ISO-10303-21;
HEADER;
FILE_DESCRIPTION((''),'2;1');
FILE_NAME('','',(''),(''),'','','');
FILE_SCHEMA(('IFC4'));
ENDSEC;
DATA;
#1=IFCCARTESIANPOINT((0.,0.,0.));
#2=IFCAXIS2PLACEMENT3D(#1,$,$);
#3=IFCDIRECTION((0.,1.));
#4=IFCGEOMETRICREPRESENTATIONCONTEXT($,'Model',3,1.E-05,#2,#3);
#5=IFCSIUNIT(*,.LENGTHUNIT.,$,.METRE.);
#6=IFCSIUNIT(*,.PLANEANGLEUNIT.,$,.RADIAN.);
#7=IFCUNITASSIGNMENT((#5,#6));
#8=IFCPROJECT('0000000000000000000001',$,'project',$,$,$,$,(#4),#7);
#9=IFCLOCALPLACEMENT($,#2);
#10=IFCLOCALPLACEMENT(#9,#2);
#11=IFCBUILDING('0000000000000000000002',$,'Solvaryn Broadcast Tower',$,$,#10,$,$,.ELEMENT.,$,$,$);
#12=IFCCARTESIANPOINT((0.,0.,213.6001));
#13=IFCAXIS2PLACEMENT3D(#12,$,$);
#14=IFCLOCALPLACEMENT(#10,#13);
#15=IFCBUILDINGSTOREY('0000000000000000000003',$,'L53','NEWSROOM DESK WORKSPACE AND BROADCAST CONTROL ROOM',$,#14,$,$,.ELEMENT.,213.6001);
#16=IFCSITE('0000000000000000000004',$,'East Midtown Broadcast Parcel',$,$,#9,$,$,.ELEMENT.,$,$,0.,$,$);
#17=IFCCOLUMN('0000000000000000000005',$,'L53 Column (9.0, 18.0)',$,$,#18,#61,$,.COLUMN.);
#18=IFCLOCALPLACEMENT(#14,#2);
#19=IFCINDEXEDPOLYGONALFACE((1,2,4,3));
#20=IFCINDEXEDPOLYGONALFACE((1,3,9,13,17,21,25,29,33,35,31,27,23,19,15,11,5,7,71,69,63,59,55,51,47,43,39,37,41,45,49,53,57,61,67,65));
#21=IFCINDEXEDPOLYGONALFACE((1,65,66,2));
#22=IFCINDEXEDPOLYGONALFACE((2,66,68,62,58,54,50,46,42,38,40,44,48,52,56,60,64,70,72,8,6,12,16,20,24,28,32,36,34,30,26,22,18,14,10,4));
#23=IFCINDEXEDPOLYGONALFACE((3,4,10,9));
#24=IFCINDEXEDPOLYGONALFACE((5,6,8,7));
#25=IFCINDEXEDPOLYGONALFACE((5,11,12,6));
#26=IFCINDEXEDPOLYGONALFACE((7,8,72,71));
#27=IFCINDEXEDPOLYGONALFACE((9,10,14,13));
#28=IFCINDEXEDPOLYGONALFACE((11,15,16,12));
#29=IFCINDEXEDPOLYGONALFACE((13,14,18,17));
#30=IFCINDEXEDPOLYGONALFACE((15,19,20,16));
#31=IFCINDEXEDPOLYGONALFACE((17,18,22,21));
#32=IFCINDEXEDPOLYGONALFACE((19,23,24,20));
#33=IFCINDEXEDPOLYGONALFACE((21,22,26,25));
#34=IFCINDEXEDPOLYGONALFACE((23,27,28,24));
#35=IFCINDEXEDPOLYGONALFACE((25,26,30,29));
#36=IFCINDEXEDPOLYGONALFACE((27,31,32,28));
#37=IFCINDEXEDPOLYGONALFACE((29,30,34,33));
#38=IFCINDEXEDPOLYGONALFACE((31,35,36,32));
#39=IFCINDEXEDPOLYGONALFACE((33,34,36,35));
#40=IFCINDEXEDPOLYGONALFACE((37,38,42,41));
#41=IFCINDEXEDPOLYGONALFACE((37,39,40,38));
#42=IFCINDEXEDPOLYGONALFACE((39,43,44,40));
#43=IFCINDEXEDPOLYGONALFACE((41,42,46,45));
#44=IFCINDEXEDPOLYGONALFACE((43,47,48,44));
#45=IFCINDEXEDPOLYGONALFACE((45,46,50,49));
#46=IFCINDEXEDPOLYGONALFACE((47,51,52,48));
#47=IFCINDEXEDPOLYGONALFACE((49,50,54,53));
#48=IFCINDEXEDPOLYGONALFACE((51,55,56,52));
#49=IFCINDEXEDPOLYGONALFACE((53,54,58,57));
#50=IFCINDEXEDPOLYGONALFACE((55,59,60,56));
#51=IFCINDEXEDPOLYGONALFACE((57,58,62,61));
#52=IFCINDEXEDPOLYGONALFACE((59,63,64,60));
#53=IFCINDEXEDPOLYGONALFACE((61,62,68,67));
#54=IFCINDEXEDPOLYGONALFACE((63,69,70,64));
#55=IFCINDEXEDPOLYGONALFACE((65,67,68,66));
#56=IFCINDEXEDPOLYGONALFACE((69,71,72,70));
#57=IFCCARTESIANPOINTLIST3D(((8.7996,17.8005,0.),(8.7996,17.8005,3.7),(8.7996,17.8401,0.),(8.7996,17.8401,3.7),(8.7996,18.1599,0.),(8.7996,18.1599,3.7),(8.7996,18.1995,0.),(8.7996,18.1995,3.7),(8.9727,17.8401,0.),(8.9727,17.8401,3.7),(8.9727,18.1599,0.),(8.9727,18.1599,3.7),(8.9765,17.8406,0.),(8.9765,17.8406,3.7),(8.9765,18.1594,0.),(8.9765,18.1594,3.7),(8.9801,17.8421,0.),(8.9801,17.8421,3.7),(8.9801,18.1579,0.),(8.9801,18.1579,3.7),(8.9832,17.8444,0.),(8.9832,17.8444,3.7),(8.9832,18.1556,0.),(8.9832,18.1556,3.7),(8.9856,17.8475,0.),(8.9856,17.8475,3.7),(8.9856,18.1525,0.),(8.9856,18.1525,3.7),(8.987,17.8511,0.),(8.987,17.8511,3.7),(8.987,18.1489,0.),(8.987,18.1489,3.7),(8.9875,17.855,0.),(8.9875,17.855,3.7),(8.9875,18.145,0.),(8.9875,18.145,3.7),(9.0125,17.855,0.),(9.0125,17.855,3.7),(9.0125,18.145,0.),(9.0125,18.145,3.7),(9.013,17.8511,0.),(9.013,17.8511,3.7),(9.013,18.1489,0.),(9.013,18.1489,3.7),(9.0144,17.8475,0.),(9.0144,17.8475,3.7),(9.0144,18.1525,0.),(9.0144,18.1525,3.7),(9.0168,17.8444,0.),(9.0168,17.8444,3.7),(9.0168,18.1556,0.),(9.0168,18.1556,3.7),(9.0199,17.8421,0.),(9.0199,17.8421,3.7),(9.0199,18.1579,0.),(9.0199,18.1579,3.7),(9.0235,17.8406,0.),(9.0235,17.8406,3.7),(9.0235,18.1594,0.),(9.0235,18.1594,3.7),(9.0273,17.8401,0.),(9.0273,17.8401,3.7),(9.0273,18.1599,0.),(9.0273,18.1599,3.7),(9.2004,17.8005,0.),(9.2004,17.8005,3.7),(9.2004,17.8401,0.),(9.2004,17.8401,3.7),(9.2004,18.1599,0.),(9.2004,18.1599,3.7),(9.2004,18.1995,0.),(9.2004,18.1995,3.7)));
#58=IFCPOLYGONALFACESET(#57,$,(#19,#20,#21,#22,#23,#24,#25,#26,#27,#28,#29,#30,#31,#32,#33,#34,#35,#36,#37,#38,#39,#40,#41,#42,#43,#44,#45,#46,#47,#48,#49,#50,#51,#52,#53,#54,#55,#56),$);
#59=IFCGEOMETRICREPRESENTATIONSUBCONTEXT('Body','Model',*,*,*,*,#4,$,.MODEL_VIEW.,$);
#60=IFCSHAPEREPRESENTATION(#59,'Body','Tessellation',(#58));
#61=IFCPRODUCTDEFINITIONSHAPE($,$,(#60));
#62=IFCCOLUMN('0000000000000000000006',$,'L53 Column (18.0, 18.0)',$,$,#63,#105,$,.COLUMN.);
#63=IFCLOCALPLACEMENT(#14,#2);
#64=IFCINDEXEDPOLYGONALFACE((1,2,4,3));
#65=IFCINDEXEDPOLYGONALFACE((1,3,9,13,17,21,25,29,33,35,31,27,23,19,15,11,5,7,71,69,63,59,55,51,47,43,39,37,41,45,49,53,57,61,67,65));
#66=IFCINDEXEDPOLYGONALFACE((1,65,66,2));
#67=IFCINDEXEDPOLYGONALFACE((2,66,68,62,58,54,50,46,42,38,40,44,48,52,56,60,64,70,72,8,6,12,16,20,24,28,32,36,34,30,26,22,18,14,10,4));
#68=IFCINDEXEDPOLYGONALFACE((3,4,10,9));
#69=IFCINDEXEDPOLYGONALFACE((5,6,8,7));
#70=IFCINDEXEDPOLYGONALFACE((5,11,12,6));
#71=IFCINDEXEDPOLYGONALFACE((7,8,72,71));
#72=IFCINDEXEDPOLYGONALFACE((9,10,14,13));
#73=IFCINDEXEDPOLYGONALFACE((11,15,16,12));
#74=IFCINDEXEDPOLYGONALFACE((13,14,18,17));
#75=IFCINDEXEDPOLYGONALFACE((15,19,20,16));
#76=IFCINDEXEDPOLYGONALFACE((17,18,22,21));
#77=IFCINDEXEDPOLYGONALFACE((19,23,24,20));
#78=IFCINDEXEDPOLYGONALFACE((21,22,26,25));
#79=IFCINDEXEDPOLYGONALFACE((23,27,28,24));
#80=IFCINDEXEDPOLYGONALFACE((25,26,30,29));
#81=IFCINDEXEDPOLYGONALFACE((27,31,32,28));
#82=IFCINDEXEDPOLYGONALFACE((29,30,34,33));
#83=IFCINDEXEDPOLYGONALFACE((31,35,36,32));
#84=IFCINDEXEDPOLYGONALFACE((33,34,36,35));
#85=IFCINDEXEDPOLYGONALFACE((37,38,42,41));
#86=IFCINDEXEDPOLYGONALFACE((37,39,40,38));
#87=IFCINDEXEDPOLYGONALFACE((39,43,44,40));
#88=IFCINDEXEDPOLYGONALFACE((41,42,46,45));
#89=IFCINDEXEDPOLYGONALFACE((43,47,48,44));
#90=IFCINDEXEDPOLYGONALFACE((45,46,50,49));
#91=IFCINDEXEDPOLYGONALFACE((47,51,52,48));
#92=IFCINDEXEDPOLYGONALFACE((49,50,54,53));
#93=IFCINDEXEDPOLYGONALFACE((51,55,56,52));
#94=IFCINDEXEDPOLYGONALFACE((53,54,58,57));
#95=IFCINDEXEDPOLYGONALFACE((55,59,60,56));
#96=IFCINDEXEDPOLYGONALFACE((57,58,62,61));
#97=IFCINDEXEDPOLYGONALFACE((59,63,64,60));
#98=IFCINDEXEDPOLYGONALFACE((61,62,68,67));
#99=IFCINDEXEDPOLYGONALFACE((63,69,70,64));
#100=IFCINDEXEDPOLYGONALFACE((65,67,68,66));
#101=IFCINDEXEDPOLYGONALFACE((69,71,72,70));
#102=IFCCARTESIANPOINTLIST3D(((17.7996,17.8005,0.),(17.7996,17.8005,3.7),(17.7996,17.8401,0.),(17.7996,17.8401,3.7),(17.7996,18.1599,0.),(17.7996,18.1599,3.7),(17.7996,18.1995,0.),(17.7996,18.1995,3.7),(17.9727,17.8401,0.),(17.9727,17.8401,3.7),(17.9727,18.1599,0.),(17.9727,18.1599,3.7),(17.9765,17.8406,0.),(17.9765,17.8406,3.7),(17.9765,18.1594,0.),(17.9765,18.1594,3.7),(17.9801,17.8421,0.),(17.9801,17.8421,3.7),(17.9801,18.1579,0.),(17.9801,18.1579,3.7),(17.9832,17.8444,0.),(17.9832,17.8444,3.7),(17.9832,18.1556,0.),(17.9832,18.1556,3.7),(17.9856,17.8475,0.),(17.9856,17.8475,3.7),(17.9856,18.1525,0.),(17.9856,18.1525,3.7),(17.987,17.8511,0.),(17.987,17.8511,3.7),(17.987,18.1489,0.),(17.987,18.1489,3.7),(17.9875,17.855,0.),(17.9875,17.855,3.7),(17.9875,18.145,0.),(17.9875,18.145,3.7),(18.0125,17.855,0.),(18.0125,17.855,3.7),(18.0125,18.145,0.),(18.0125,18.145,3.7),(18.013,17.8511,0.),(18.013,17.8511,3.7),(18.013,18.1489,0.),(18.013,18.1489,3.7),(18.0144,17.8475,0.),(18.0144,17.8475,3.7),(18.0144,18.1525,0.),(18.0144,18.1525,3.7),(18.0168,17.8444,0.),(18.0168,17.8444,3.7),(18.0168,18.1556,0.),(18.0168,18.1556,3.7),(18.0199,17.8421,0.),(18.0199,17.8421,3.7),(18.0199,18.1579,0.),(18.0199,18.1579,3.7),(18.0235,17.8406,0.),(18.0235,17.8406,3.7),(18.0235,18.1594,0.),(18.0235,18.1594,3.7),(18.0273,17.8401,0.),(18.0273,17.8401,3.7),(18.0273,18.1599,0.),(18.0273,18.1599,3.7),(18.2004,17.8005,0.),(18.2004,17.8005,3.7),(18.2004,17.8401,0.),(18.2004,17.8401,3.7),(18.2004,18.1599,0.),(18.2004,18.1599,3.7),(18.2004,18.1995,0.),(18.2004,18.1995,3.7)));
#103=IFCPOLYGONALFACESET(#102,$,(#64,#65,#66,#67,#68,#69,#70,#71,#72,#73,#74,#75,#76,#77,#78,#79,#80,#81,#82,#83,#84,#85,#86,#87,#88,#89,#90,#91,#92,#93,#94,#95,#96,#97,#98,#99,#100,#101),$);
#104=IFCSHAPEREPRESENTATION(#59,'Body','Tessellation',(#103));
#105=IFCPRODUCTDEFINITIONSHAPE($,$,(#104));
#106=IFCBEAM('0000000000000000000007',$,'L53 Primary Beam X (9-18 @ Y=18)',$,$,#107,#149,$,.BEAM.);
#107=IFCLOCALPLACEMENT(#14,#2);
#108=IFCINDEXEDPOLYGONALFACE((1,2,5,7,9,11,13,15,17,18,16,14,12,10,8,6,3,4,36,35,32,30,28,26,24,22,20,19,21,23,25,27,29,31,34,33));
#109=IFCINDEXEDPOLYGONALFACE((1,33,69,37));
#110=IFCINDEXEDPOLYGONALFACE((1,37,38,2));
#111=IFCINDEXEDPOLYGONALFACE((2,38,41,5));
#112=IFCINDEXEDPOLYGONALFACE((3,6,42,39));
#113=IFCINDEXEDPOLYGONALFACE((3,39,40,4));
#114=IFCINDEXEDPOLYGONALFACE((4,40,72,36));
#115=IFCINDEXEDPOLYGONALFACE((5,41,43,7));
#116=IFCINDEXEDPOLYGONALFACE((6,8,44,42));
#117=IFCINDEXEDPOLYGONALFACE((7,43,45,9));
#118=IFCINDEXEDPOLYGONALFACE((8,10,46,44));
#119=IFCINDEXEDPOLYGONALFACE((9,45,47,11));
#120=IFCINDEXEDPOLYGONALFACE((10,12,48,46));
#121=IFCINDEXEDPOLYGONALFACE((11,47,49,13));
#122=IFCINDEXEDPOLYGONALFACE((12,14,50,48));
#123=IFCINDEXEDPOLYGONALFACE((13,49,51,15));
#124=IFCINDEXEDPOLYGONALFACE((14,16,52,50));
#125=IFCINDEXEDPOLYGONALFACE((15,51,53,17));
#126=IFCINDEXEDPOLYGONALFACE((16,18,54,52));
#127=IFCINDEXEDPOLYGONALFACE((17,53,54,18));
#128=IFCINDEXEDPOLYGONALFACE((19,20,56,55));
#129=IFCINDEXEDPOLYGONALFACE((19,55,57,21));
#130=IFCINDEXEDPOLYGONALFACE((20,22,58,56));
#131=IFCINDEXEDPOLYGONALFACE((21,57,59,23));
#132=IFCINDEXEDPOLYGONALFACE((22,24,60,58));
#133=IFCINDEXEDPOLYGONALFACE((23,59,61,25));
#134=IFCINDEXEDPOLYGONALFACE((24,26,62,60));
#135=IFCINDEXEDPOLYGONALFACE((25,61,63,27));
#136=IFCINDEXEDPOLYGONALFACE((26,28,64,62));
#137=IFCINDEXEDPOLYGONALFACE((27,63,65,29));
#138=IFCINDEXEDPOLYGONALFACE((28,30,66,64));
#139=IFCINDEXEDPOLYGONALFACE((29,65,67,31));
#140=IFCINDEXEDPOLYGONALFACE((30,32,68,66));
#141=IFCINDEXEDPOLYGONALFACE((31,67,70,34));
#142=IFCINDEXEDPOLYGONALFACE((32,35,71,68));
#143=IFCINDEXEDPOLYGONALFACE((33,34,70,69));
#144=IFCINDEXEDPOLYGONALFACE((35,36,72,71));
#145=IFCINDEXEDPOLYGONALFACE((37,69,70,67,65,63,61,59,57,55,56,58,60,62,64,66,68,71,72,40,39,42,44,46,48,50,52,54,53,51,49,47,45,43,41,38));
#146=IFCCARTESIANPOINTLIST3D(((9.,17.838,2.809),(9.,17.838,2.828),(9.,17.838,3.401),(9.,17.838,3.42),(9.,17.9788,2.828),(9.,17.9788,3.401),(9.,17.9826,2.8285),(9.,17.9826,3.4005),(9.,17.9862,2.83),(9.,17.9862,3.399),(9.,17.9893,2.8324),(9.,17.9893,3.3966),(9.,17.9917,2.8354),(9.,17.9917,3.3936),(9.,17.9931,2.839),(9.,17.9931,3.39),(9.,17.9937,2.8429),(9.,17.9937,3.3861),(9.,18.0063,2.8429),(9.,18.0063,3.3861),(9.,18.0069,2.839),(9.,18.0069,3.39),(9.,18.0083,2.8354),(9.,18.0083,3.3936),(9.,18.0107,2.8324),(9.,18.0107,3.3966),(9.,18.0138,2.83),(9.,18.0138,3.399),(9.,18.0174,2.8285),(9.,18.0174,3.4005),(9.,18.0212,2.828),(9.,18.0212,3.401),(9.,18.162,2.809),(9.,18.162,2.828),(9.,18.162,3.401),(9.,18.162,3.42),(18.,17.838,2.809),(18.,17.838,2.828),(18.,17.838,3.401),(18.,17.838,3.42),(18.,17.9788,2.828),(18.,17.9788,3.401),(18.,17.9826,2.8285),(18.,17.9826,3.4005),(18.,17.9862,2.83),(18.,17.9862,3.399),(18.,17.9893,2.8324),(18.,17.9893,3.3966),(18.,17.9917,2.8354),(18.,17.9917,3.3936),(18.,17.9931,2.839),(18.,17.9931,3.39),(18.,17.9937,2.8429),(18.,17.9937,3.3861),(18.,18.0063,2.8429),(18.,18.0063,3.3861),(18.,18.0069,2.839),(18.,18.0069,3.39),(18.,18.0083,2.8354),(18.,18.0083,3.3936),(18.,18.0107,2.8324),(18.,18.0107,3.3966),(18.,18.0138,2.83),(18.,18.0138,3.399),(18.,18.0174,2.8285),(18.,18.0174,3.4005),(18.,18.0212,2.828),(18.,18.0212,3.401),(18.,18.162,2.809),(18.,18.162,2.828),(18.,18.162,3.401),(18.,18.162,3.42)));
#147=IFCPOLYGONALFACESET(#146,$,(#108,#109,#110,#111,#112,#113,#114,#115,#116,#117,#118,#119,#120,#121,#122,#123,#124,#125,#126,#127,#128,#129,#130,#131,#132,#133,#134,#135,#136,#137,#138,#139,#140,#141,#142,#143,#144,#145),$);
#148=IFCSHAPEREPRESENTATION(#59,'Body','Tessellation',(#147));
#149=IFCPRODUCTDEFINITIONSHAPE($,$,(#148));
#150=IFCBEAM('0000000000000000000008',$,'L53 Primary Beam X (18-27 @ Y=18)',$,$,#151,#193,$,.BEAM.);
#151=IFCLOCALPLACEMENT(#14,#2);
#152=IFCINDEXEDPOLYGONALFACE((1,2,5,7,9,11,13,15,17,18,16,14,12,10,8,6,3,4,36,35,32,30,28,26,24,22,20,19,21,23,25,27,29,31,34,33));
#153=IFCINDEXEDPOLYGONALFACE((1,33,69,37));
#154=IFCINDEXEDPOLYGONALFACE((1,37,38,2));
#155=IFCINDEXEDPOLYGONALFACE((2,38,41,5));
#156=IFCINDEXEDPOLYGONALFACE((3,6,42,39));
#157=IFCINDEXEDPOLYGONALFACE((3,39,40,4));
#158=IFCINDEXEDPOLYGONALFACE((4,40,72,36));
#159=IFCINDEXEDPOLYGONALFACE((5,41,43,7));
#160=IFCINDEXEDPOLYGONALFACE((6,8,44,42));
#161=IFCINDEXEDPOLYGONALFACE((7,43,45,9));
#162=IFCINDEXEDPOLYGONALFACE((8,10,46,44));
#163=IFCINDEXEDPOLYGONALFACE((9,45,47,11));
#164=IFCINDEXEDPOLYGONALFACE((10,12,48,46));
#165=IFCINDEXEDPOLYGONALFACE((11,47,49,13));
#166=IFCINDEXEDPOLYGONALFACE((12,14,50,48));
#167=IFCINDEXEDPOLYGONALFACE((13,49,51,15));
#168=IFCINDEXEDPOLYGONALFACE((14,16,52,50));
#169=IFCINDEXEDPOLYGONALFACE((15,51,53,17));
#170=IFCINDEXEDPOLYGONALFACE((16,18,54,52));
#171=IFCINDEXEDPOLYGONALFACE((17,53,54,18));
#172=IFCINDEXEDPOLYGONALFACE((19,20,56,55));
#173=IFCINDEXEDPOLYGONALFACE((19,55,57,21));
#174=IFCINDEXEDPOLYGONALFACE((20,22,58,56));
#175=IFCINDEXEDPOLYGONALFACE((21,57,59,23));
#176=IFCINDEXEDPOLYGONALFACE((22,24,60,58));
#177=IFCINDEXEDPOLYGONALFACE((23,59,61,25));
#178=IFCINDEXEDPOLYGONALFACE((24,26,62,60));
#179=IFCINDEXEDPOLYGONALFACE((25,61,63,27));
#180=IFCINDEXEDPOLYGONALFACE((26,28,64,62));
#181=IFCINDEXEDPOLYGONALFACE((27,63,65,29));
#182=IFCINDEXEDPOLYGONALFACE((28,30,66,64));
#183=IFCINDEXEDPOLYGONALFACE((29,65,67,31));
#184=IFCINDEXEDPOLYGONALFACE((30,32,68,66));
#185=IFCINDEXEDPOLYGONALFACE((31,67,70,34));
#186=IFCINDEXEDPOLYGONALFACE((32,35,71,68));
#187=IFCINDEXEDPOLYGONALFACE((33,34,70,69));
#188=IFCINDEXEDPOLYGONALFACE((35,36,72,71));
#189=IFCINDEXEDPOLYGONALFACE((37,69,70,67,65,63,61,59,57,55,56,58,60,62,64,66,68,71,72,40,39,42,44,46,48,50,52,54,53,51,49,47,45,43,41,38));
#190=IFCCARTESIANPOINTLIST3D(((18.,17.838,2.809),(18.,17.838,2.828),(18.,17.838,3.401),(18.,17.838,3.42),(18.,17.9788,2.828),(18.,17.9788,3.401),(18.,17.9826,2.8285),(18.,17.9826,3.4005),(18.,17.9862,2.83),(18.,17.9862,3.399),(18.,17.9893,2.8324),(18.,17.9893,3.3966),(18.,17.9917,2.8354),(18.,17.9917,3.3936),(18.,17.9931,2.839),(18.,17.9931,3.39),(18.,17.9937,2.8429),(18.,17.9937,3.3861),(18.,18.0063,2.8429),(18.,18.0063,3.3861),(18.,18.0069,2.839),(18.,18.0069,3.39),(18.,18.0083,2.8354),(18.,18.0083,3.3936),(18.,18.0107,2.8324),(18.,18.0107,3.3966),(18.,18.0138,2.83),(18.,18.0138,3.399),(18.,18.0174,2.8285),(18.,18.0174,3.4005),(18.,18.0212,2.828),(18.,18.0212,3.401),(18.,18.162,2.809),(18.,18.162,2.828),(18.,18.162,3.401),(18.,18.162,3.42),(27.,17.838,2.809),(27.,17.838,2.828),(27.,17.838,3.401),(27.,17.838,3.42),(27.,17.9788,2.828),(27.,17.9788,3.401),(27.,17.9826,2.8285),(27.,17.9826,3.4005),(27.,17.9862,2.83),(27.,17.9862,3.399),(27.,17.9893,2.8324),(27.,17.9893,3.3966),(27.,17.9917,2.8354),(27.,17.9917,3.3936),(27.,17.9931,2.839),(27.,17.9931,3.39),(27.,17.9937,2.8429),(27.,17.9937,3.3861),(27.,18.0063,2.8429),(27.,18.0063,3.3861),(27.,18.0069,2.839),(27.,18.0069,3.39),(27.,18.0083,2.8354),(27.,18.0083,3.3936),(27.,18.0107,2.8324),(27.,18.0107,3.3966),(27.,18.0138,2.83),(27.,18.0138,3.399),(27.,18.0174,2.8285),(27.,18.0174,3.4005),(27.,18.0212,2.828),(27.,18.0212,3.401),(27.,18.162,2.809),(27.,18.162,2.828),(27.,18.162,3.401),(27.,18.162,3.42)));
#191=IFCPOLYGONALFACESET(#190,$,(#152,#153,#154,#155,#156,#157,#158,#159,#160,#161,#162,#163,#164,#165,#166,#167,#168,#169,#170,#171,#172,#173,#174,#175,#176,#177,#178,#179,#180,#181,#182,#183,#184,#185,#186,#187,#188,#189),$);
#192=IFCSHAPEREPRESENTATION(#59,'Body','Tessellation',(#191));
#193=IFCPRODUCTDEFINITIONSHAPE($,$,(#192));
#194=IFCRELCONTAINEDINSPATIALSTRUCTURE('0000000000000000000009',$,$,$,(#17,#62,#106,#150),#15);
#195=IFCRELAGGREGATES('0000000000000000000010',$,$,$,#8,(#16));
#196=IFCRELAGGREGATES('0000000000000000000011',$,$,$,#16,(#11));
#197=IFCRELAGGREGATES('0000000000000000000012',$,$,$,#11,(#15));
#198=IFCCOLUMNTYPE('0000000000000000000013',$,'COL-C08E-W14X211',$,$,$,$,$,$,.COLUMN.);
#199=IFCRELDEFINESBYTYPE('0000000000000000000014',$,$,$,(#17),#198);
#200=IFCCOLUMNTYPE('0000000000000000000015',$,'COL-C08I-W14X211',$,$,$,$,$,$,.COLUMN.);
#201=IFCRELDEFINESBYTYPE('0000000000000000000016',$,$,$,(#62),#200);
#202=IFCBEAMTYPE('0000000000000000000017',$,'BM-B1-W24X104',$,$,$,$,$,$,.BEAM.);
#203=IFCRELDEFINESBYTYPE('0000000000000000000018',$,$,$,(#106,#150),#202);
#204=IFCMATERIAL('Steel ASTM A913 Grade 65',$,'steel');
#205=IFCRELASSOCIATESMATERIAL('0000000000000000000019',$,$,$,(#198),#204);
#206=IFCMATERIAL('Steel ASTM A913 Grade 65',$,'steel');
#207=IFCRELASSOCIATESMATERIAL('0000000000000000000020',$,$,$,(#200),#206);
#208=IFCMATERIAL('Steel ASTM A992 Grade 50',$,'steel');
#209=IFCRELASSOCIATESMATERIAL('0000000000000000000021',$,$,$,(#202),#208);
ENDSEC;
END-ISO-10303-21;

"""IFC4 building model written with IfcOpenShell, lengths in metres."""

from ifc_helpers import new_model, si_unit, direction, frame, origin, origin_2d, place, context, subcontext, project, spatial, i_section, extrude, material, material_profile, profile_set, type_object, element, save


model = new_model("IFC4")

# Units and contexts
model_context = context("Model", 3, precision=1e-05, world=origin(), true_north=direction((0.0, 1.0)))
body_context = subcontext(model_context, "Body", "Model", "MODEL_VIEW")
ifc_project = project(units=[si_unit("LENGTHUNIT", "METRE"), si_unit("PLANEANGLEUNIT", "RADIAN")], contexts=[model_context])

# Site, building, storey
site_placement = place(None, origin())
site = spatial("IfcSite", under=ifc_project, at=site_placement, Name="East Midtown Broadcast Parcel", CompositionType="ELEMENT", RefElevation=0.0)
building_placement = place(site_placement, origin())
building = spatial("IfcBuilding", under=site, at=building_placement, Name="Solvaryn Broadcast Tower", CompositionType="ELEMENT")
storey_placement = place(building_placement, frame((0.0, 0.0, 213.6001)))
storey = spatial("IfcBuildingStorey", under=building, at=storey_placement, Name="L53", Description="NEWSROOM DESK WORKSPACE AND BROADCAST CONTROL ROOM", CompositionType="ELEMENT", Elevation=213.6001)

# Columns
ifc_material_1 = material(Name="Steel ASTM A913 Grade 65", Category="steel")
ifc_material_profile_1 = material_profile(ifc_material_1, i_section(OverallWidth=0.4009, OverallDepth=0.3989, WebThickness=0.0249, FlangeThickness=0.0396, FilletRadius=0.0149, at=origin_2d()))
ifc_profile_set_1 = profile_set([ifc_material_profile_1], Name="Steel ASTM A913 Grade 65")
column_type_1 = type_object("IfcColumnType", Name="COL-C08E-W14X211", PredefinedType="COLUMN", material=ifc_profile_set_1)
column_1_placement = place(storey_placement, frame((9.0, 18.0, 0.0), z_axis=(0.0, 0.0, 1.0), x_axis=(1.0, 0.0, 0.0)))
element("IfcColumn", 1, at=column_1_placement, inside=storey, type_object=column_type_1, Name="L53 Column (9.0, 18.0)", PredefinedType="COLUMN", context=body_context, shape_type="SweptSolid", body=[
    extrude(i_section(OverallWidth=0.4009, OverallDepth=0.3989, WebThickness=0.0249, FlangeThickness=0.0396, FilletRadius=0.0149, at=origin_2d()), origin(), (0.0, 0.0, 1.0), 3.7),
])
ifc_material_2 = material(Name="Steel ASTM A913 Grade 65", Category="steel")
ifc_material_profile_2 = material_profile(ifc_material_2, i_section(OverallWidth=0.4009, OverallDepth=0.3989, WebThickness=0.0249, FlangeThickness=0.0396, FilletRadius=0.0149, at=origin_2d()))
ifc_profile_set_2 = profile_set([ifc_material_profile_2], Name="Steel ASTM A913 Grade 65")
column_type_2 = type_object("IfcColumnType", Name="COL-C08I-W14X211", PredefinedType="COLUMN", material=ifc_profile_set_2)
column_2_placement = place(storey_placement, frame((18.0, 18.0, 0.0), z_axis=(0.0, 0.0, 1.0), x_axis=(1.0, 0.0, 0.0)))
element("IfcColumn", 2, at=column_2_placement, inside=storey, type_object=column_type_2, Name="L53 Column (18.0, 18.0)", PredefinedType="COLUMN", context=body_context, shape_type="SweptSolid", body=[
    extrude(i_section(OverallWidth=0.4009, OverallDepth=0.3989, WebThickness=0.0249, FlangeThickness=0.0396, FilletRadius=0.0149, at=origin_2d()), origin(), (0.0, 0.0, 1.0), 3.7),
])

# Beams
ifc_material_3 = material(Name="Steel ASTM A992 Grade 50", Category="steel")
ifc_material_profile_3 = material_profile(ifc_material_3, i_section(OverallWidth=0.324, OverallDepth=0.6111, WebThickness=0.0127, FlangeThickness=0.019, FilletRadius=0.0149, at=origin_2d()))
ifc_profile_set_3 = profile_set([ifc_material_profile_3], Name="Steel ASTM A992 Grade 50")
beam_type_1 = type_object("IfcBeamType", Name="BM-B1-W24X104", PredefinedType="BEAM", material=ifc_profile_set_3)
for number, where, z_axis, x_axis, name in (
    (3, (9.0, 18.0, 3.1145), (1.0, 0.0, 0.0), (0.0, 1.0, 0.0), "L53 Primary Beam X (9-18 @ Y=18)"),
    (4, (18.0, 18.0, 3.1145), (1.0, 0.0, 0.0), (0.0, 1.0, 0.0), "L53 Primary Beam X (18-27 @ Y=18)"),
):
    element("IfcBeam", number, at=place(storey_placement, frame(where, z_axis=z_axis, x_axis=x_axis)), inside=storey, type_object=beam_type_1, Name=name, PredefinedType="BEAM", context=body_context, shape_type="SweptSolid", body=[
        extrude(i_section(OverallWidth=0.324, OverallDepth=0.6111, WebThickness=0.0127, FlangeThickness=0.019, FilletRadius=0.0149, at=origin_2d()), origin(), (0.0, 0.0, 1.0), 9.0),
    ])

save(model, "model.ifc")
